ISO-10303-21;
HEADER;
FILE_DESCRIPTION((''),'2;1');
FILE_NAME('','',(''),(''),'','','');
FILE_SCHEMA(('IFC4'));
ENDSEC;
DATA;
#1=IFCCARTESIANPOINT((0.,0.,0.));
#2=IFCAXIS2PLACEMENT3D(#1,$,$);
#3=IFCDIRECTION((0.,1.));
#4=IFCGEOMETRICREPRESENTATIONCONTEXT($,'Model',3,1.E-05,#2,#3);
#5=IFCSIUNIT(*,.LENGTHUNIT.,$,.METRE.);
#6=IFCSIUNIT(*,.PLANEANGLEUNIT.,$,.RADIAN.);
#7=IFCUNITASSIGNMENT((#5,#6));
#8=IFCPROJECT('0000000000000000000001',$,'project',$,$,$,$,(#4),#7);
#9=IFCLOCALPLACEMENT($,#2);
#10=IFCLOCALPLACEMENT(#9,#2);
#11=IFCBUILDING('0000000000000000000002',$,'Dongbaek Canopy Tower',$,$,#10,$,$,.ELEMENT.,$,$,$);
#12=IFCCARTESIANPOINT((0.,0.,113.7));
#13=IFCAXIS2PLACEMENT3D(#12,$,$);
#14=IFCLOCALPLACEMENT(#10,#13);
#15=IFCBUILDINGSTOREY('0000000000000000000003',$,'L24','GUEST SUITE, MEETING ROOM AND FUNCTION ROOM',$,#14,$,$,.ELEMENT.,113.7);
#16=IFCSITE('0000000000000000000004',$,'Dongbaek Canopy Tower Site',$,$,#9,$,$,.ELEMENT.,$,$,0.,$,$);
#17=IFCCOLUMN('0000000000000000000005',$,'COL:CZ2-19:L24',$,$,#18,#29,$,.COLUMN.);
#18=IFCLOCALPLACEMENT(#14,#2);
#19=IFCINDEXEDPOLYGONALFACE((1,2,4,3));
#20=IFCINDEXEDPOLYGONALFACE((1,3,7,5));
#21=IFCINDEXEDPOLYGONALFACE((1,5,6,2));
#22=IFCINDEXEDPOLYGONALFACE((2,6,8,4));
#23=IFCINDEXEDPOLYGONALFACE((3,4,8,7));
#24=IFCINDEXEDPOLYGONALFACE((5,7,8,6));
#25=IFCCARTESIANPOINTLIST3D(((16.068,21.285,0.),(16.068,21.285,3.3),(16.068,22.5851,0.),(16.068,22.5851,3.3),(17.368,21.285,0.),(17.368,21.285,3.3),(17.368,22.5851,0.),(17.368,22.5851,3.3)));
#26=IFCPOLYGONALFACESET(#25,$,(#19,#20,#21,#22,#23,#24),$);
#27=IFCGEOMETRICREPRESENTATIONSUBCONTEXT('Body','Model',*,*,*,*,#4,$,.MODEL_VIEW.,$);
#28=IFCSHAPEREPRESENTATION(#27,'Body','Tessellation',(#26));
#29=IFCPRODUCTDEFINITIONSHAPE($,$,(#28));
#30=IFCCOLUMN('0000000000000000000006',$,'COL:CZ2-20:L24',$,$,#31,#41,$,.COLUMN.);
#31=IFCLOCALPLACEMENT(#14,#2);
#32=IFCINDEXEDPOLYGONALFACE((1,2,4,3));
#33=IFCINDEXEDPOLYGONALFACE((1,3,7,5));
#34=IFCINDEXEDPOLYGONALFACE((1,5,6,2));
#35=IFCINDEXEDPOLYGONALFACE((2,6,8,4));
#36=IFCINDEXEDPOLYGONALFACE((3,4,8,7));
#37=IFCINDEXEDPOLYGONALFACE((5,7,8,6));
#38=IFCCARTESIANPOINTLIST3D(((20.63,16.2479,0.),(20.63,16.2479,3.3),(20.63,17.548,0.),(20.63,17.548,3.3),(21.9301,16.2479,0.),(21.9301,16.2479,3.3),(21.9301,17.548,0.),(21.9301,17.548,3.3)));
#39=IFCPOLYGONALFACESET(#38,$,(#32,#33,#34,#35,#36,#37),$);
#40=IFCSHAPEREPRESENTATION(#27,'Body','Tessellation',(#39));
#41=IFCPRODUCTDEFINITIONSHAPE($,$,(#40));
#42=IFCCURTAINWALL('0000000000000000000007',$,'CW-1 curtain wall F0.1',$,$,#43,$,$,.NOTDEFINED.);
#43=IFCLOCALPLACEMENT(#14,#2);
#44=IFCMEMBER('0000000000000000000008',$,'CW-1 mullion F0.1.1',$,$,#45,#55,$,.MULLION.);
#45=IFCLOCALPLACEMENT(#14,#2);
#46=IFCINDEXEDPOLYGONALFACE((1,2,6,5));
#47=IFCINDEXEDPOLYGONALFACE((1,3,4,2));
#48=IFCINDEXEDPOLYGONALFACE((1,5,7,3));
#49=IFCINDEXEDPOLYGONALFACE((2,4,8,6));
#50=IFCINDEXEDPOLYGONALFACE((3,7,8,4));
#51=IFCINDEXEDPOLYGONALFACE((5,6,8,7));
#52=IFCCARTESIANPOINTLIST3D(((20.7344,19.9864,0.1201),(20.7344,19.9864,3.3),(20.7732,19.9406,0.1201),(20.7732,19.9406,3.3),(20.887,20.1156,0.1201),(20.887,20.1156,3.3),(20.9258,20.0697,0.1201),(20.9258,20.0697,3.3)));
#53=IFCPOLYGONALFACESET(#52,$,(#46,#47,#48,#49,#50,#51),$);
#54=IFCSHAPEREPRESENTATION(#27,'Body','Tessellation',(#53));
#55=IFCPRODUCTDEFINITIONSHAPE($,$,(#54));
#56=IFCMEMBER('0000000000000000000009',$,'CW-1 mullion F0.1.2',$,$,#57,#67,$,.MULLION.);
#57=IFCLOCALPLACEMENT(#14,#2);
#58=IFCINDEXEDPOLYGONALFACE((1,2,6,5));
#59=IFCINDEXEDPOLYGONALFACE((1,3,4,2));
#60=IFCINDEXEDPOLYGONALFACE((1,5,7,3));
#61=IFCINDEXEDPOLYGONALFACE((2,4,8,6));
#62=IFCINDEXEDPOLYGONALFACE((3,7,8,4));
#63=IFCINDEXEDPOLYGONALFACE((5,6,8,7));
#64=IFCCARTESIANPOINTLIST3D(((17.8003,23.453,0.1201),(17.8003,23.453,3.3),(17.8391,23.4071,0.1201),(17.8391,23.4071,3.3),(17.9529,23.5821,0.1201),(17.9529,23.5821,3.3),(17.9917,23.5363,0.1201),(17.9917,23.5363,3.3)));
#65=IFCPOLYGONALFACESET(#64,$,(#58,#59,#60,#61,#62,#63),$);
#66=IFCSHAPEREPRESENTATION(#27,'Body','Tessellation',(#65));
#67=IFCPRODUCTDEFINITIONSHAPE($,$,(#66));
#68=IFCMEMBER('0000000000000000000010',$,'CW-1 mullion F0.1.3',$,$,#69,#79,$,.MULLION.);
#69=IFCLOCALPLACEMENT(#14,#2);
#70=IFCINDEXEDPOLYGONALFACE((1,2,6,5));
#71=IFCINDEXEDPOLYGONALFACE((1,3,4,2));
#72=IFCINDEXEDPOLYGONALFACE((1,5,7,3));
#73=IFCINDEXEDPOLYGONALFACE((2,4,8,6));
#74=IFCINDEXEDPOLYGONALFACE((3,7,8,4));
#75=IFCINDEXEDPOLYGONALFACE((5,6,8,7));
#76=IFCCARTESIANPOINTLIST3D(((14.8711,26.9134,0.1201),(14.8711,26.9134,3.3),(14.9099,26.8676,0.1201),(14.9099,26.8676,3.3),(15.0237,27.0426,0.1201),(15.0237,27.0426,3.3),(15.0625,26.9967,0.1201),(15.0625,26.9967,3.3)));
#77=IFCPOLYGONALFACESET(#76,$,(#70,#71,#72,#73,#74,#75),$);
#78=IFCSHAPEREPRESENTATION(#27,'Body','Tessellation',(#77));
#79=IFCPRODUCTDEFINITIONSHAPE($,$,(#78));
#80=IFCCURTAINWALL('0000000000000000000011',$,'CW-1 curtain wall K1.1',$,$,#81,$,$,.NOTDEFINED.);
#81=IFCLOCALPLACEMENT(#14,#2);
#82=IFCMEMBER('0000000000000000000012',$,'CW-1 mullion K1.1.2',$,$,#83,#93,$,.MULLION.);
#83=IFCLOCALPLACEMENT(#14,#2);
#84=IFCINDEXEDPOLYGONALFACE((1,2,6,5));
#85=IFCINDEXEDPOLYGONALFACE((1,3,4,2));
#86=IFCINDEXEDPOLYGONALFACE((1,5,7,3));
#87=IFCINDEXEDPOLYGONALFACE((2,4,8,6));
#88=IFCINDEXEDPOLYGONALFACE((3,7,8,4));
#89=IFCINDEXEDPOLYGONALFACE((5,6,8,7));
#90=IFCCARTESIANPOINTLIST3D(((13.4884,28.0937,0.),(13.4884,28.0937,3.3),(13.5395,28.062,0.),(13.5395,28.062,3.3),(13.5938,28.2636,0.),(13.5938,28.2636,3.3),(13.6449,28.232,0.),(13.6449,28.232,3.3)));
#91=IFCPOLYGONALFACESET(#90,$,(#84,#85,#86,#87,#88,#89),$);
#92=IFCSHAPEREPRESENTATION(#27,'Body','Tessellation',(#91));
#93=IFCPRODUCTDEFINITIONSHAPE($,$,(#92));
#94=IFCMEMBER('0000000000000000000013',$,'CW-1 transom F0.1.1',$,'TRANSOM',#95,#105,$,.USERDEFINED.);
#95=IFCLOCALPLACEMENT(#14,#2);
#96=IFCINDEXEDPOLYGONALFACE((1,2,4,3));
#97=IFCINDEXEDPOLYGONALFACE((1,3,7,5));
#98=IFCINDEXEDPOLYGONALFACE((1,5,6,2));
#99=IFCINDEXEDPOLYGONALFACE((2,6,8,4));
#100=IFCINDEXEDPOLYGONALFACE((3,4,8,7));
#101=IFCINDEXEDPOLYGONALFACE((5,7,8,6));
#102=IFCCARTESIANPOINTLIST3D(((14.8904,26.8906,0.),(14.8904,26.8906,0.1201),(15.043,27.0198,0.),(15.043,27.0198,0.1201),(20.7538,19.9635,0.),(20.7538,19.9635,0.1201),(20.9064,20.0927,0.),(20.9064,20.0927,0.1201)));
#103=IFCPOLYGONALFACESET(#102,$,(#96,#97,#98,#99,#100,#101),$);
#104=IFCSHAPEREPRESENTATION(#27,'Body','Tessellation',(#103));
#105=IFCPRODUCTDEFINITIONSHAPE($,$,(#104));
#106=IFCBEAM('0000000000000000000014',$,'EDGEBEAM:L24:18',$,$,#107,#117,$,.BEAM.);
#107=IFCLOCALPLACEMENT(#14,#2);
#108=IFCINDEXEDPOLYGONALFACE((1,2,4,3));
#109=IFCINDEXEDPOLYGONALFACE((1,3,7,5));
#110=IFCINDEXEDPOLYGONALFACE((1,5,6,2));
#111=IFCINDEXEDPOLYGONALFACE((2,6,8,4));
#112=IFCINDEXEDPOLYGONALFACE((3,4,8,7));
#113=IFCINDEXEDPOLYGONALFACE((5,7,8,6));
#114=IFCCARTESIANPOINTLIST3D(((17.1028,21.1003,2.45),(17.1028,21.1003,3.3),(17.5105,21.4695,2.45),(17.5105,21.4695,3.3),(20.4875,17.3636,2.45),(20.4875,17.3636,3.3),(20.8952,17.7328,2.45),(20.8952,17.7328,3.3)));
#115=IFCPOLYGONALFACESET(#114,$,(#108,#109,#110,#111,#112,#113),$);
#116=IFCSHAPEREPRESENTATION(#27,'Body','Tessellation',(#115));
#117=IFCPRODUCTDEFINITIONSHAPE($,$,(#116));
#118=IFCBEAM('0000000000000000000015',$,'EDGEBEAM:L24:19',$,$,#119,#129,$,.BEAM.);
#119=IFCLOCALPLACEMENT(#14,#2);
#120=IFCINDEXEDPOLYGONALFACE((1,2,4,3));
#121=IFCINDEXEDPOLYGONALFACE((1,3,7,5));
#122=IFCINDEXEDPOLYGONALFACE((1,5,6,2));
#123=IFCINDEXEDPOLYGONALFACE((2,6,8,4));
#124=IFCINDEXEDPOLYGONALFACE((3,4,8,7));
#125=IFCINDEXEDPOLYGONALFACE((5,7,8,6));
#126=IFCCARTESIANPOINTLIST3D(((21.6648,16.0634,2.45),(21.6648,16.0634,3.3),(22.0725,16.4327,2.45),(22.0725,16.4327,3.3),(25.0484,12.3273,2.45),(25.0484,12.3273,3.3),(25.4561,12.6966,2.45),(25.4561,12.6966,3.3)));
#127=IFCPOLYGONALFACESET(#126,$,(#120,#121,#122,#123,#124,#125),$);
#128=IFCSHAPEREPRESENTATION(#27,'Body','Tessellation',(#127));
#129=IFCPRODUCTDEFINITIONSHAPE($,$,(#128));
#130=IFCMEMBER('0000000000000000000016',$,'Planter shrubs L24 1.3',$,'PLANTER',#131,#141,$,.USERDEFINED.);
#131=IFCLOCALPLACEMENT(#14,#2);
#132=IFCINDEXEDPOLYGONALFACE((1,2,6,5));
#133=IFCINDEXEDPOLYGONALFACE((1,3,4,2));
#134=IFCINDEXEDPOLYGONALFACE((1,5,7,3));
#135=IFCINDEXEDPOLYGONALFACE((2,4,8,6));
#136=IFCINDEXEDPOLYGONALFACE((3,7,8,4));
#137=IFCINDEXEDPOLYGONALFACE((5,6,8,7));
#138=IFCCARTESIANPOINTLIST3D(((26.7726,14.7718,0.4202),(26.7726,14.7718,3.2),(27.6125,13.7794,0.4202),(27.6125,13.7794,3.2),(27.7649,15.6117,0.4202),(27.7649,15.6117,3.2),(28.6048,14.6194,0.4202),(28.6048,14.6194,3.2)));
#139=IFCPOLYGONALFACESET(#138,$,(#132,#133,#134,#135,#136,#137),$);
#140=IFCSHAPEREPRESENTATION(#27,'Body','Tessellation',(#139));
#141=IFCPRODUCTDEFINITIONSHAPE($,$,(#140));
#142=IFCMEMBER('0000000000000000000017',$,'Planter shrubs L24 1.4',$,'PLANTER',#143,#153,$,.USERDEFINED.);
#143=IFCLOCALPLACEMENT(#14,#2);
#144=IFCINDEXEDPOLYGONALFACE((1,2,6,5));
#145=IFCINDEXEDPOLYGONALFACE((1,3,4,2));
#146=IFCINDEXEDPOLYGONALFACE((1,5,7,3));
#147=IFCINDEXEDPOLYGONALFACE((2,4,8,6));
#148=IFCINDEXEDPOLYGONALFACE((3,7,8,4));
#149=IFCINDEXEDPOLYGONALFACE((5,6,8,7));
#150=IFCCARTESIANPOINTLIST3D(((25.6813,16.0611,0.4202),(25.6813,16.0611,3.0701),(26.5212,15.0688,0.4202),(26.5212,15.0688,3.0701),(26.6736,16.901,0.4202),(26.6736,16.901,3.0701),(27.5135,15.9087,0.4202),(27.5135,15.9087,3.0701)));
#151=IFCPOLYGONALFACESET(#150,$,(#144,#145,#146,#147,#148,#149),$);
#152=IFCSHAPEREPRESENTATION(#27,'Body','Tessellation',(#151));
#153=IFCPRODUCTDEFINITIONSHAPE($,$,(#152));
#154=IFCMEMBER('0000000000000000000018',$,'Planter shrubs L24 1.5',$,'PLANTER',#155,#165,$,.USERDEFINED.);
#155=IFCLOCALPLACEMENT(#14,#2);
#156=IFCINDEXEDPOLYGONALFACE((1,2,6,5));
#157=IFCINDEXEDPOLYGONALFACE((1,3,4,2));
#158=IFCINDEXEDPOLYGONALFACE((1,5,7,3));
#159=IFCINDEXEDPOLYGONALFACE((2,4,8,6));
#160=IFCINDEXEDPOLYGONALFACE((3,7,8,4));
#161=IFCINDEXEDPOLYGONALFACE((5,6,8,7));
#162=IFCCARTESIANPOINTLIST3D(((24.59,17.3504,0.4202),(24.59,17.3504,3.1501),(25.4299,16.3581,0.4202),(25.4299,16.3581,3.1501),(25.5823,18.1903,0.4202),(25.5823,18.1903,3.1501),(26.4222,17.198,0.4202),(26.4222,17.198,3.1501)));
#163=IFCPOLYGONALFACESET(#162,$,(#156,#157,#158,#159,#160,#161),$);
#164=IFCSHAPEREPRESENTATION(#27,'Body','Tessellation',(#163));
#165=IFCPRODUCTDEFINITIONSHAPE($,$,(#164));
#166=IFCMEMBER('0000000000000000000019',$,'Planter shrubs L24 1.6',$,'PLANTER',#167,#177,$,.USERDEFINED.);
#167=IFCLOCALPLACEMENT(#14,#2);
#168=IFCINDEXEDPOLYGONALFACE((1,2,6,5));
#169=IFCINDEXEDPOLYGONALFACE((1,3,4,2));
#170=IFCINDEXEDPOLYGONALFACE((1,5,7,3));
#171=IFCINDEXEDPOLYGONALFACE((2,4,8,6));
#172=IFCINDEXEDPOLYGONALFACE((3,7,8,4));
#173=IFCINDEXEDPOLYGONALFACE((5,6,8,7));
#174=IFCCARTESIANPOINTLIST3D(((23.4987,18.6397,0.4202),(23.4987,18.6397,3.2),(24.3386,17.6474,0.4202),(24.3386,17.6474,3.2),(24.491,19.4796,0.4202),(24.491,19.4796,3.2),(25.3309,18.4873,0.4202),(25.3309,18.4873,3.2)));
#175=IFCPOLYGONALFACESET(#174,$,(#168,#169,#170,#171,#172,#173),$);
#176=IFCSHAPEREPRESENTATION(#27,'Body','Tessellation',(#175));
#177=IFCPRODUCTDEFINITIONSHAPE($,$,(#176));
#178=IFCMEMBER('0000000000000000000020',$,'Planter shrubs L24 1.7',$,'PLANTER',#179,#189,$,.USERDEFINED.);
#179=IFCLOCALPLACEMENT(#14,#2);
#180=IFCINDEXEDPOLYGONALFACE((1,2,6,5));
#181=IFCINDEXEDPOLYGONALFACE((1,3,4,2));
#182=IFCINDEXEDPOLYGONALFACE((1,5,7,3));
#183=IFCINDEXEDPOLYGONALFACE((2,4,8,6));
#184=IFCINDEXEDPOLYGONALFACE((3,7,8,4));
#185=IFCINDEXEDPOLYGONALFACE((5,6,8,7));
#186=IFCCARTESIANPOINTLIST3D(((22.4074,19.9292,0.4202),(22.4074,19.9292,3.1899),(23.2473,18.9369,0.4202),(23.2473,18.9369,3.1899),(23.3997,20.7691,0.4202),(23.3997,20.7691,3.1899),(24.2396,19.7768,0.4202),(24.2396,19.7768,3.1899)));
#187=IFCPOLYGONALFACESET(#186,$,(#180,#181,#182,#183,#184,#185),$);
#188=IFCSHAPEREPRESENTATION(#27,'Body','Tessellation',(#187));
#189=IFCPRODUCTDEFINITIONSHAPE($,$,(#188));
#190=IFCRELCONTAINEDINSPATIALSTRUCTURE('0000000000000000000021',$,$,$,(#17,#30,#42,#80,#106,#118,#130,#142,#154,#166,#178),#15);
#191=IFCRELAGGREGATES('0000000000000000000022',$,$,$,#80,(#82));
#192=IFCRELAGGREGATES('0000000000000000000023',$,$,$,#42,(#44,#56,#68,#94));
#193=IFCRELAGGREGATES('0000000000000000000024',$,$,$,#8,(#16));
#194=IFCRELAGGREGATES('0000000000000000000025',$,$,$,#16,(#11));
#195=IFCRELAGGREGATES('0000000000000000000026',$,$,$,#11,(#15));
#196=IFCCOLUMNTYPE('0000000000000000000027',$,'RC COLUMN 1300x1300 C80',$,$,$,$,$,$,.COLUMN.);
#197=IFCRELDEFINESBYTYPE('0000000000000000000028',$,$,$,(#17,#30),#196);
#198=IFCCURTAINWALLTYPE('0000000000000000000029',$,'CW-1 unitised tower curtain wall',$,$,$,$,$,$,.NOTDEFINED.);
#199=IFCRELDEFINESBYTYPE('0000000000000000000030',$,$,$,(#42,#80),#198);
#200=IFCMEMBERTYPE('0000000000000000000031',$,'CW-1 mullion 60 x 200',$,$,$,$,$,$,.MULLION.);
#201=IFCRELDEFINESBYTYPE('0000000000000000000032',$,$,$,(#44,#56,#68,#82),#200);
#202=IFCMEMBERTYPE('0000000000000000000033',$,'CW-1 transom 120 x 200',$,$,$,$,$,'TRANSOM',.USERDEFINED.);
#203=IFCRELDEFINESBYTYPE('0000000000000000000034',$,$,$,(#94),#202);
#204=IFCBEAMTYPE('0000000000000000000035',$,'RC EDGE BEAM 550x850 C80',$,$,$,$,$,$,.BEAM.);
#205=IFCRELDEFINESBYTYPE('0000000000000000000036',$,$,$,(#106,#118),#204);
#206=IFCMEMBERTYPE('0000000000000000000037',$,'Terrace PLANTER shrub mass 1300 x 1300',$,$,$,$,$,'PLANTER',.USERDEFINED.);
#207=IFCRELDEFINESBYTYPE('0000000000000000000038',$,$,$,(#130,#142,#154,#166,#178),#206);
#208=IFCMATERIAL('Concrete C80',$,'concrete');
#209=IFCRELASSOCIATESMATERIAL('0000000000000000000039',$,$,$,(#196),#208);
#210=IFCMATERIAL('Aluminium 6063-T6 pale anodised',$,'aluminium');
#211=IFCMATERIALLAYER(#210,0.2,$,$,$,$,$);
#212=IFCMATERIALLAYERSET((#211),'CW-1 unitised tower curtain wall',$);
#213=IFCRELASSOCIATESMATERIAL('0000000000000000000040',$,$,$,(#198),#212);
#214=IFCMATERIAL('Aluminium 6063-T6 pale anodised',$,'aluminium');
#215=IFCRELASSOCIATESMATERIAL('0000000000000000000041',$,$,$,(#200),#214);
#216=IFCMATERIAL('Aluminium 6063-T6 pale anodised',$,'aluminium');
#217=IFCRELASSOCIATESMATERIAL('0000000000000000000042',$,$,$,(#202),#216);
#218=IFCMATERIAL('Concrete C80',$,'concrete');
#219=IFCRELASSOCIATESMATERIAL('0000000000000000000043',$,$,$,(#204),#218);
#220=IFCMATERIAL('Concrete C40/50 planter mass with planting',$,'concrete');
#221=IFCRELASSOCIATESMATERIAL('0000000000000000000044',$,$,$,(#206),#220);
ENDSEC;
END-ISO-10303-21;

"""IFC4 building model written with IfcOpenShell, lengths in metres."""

from ifc_helpers import new_model, si_unit, direction, frame, origin, origin_2d, place, context, subcontext, project, spatial, rectangle, extrude, material, layer, layer_set, material_profile, profile_set, type_object, element, aggregate, save


model = new_model("IFC4")

# Units and contexts
model_context = context("Model", 3, precision=1e-05, world=origin(), true_north=direction((0.0, 1.0)))
body_context = subcontext(model_context, "Body", "Model", "MODEL_VIEW")
ifc_project = project(units=[si_unit("LENGTHUNIT", "METRE"), si_unit("PLANEANGLEUNIT", "RADIAN")], contexts=[model_context])

# Site, building, storey
site_placement = place(None, origin())
site = spatial("IfcSite", under=ifc_project, at=site_placement, Name="Dongbaek Canopy Tower Site", CompositionType="ELEMENT", RefElevation=0.0)
building_placement = place(site_placement, origin())
building = spatial("IfcBuilding", under=site, at=building_placement, Name="Dongbaek Canopy Tower", CompositionType="ELEMENT")
storey_placement = place(building_placement, frame((0.0, 0.0, 113.7)))
storey = spatial("IfcBuildingStorey", under=building, at=storey_placement, Name="L24", Description="GUEST SUITE, MEETING ROOM AND FUNCTION ROOM", CompositionType="ELEMENT", Elevation=113.7)

# Columns
ifc_material_1 = material(Name="Concrete C80", Category="concrete")
ifc_material_profile_1 = material_profile(ifc_material_1, rectangle(XDim=1.3, YDim=1.3, at=origin_2d()), Name="RC COLUMN 1300x1300 C80")
ifc_profile_set_1 = profile_set([ifc_material_profile_1], Name="Concrete C80")
column_type = type_object("IfcColumnType", Name="RC COLUMN 1300x1300 C80", PredefinedType="COLUMN", material=ifc_profile_set_1)
for number, where, z_axis, x_axis, name in (
    (1, (16.718, 21.9351, 0.0), (0.0, 0.0, 1.0), (1.0, 0.0, 0.0), "COL:CZ2-19:L24"),
    (2, (21.28, 16.8979, 0.0), (0.0, 0.0, 1.0), (1.0, 0.0, 0.0), "COL:CZ2-20:L24"),
):
    element("IfcColumn", number, at=place(storey_placement, frame(where, z_axis=z_axis, x_axis=x_axis)), inside=storey, type_object=column_type, Name=name, PredefinedType="COLUMN", context=body_context, shape_type="SweptSolid", body=[
        extrude(rectangle(XDim=1.3, YDim=1.3, at=origin_2d()), origin(), (0.0, 0.0, 1.0), 3.3),
    ])

# Curtain wall, members
ifc_material_2 = material(Name="Aluminium 6063-T6 pale anodised", Category="aluminium")
ifc_layer_1 = layer(ifc_material_2, 0.2)
ifc_layer_set_1 = layer_set([ifc_layer_1], Name="CW-1 unitised tower curtain wall")
curtain_wall_type = type_object("IfcCurtainWallType", Name="CW-1 unitised tower curtain wall", PredefinedType="NOTDEFINED", material=ifc_layer_set_1)
curtain_wall_1_placement = place(storey_placement, origin())
curtain_wall_1 = element("IfcCurtainWall", 3, at=curtain_wall_1_placement, inside=storey, type_object=curtain_wall_type, Name="CW-1 curtain wall F0.1", PredefinedType="NOTDEFINED")
ifc_material_3 = material(Name="Aluminium 6063-T6 pale anodised", Category="aluminium")
ifc_material_profile_2 = material_profile(ifc_material_3, rectangle(XDim=0.2, YDim=0.0601, at=origin_2d()), Name="CW-1 mullion 60 x 200")
ifc_profile_set_2 = profile_set([ifc_material_profile_2], Name="Aluminium 6063-T6 pale anodised")
member_type_1 = type_object("IfcMemberType", Name="CW-1 mullion 60 x 200", PredefinedType="MULLION", material=ifc_profile_set_2)
member_1_placement = place(storey_placement, frame((20.8301, 20.0281, 0.1201), z_axis=(0.0, 0.0, 1.0), x_axis=(0.76329, 0.646056, 0.0)))
member_1 = element("IfcMember", 4, at=member_1_placement, type_object=member_type_1, Name="CW-1 mullion F0.1.1", PredefinedType="MULLION", context=body_context, shape_type="SweptSolid", body=[
    extrude(rectangle(XDim=0.2, YDim=0.0601, at=origin_2d()), origin(), (0.0, 0.0, 1.0), 3.1799),
])
member_2_placement = place(storey_placement, frame((17.896, 23.4946, 0.1201), z_axis=(0.0, 0.0, 1.0), x_axis=(0.76329, 0.646056, 0.0)))
member_2 = element("IfcMember", 5, at=member_2_placement, type_object=member_type_1, Name="CW-1 mullion F0.1.2", PredefinedType="MULLION", context=body_context, shape_type="SweptSolid", body=[
    extrude(rectangle(XDim=0.2, YDim=0.0601, at=origin_2d()), origin(), (0.0, 0.0, 1.0), 3.1799),
])
member_3_placement = place(storey_placement, frame((14.9668, 26.9551, 0.1201), z_axis=(0.0, 0.0, 1.0), x_axis=(0.76329, 0.646056, 0.0)))
member_3 = element("IfcMember", 6, at=member_3_placement, type_object=member_type_1, Name="CW-1 mullion F0.1.3", PredefinedType="MULLION", context=body_context, shape_type="SweptSolid", body=[
    extrude(rectangle(XDim=0.2, YDim=0.0601, at=origin_2d()), origin(), (0.0, 0.0, 1.0), 3.1799),
])

# Curtain wall, member
curtain_wall_2_placement = place(storey_placement, origin())
curtain_wall_2 = element("IfcCurtainWall", 7, at=curtain_wall_2_placement, inside=storey, type_object=curtain_wall_type, Name="CW-1 curtain wall K1.1", PredefinedType="NOTDEFINED")
member_4_placement = place(storey_placement, frame((13.5667, 28.1628, 0.0), z_axis=(0.0, 0.0, 1.0), x_axis=(0.526936, 0.849905, 0.0)))
member_4 = element("IfcMember", 8, at=member_4_placement, type_object=member_type_1, Name="CW-1 mullion K1.1.2", PredefinedType="MULLION", context=body_context, shape_type="SweptSolid", body=[
    extrude(rectangle(XDim=0.2, YDim=0.0601, at=origin_2d()), origin(), (0.0, 0.0, 1.0), 3.3),
])

# Member
ifc_material_4 = material(Name="Aluminium 6063-T6 pale anodised", Category="aluminium")
ifc_material_profile_3 = material_profile(ifc_material_4, rectangle(XDim=0.2, YDim=0.1201, at=origin_2d()), Name="CW-1 transom 120 x 200")
ifc_profile_set_3 = profile_set([ifc_material_profile_3], Name="Aluminium 6063-T6 pale anodised")
member_type_2 = type_object("IfcMemberType", Name="CW-1 transom 120 x 200", ElementType="TRANSOM", PredefinedType="USERDEFINED", material=ifc_profile_set_3)
member_5_placement = place(storey_placement, frame((20.8301, 20.0281, 0.0601), z_axis=(-0.646069, 0.763279, 0.0), x_axis=(-0.763279, -0.646069, 0.0)))
member_5 = element("IfcMember", 9, at=member_5_placement, type_object=member_type_2, Name="CW-1 transom F0.1.1", ObjectType="TRANSOM", PredefinedType="USERDEFINED", context=body_context, shape_type="SweptSolid", body=[
    extrude(rectangle(XDim=0.2, YDim=0.1201, at=origin_2d()), origin(), (0.0, 0.0, 1.0), 9.0754),
])

# Beams
ifc_material_5 = material(Name="Concrete C80", Category="concrete")
ifc_material_profile_4 = material_profile(ifc_material_5, rectangle(XDim=0.55, YDim=0.8501, at=origin_2d()), Name="RC EDGE BEAM 550x850 C80")
ifc_profile_set_4 = profile_set([ifc_material_profile_4], Name="Concrete C80")
beam_type = type_object("IfcBeamType", Name="RC EDGE BEAM 550x850 C80", PredefinedType="BEAM", material=ifc_profile_set_4)
beam_1_placement = place(storey_placement, frame((17.3066, 21.2849, 2.875), z_axis=(0.671332, -0.741157, 0.0), x_axis=(0.741157, 0.671332, 0.0)))
element("IfcBeam", 10, at=beam_1_placement, inside=storey, type_object=beam_type, Name="EDGEBEAM:L24:18", PredefinedType="BEAM", context=body_context, shape_type="SweptSolid", body=[
    extrude(rectangle(XDim=0.55, YDim=0.8501, at=origin_2d()), origin(), (0.0, 0.0, 1.0), 5.0417),
])
beam_2_placement = place(storey_placement, frame((21.8687, 16.248, 2.875), z_axis=(0.671271, -0.741212, 0.0), x_axis=(0.741212, 0.671271, 0.0)))
element("IfcBeam", 11, at=beam_2_placement, inside=storey, type_object=beam_type, Name="EDGEBEAM:L24:19", PredefinedType="BEAM", context=body_context, shape_type="SweptSolid", body=[
    extrude(rectangle(XDim=0.55, YDim=0.8501, at=origin_2d()), origin(), (0.0, 0.0, 1.0), 5.0405),
])

# Members
ifc_material_6 = material(Name="Concrete C40/50 planter mass with planting", Category="concrete")
ifc_material_profile_5 = material_profile(ifc_material_6, rectangle(XDim=1.3, YDim=1.3, at=origin_2d()), Name="Terrace PLANTER shrub mass 1300 x 1300")
ifc_profile_set_5 = profile_set([ifc_material_profile_5], Name="Concrete C40/50 planter mass with planting")
member_type_3 = type_object("IfcMemberType", Name="Terrace PLANTER shrub mass 1300 x 1300", ElementType="PLANTER", PredefinedType="USERDEFINED", material=ifc_profile_set_5)
member_6_placement = place(storey_placement, frame((27.6887, 14.6956, 0.4202), z_axis=(0.0, 0.0, 1.0), x_axis=(0.76329, 0.646056, 0.0)))
element("IfcMember", 12, at=member_6_placement, inside=storey, type_object=member_type_3, Name="Planter shrubs L24 1.3", ObjectType="PLANTER", PredefinedType="USERDEFINED", context=body_context, shape_type="SweptSolid", body=[
    extrude(rectangle(XDim=1.3, YDim=1.3, at=origin_2d()), origin(), (0.0, 0.0, 1.0), 2.7798),
])
member_7_placement = place(storey_placement, frame((26.5974, 15.9849, 0.4202), z_axis=(0.0, 0.0, 1.0), x_axis=(0.76329, 0.646056, 0.0)))
element("IfcMember", 13, at=member_7_placement, inside=storey, type_object=member_type_3, Name="Planter shrubs L24 1.4", ObjectType="PLANTER", PredefinedType="USERDEFINED", context=body_context, shape_type="SweptSolid", body=[
    extrude(rectangle(XDim=1.3, YDim=1.3, at=origin_2d()), origin(), (0.0, 0.0, 1.0), 2.6499),
])
member_8_placement = place(storey_placement, frame((25.5061, 17.2742, 0.4202), z_axis=(0.0, 0.0, 1.0), x_axis=(0.76329, 0.646056, 0.0)))
element("IfcMember", 14, at=member_8_placement, inside=storey, type_object=member_type_3, Name="Planter shrubs L24 1.5", ObjectType="PLANTER", PredefinedType="USERDEFINED", context=body_context, shape_type="SweptSolid", body=[
    extrude(rectangle(XDim=1.3, YDim=1.3, at=origin_2d()), origin(), (0.0, 0.0, 1.0), 2.73),
])
member_9_placement = place(storey_placement, frame((24.4148, 18.5635, 0.4202), z_axis=(0.0, 0.0, 1.0), x_axis=(0.76329, 0.646056, 0.0)))
element("IfcMember", 15, at=member_9_placement, inside=storey, type_object=member_type_3, Name="Planter shrubs L24 1.6", ObjectType="PLANTER", PredefinedType="USERDEFINED", context=body_context, shape_type="SweptSolid", body=[
    extrude(rectangle(XDim=1.3, YDim=1.3, at=origin_2d()), origin(), (0.0, 0.0, 1.0), 2.7798),
])
member_10_placement = place(storey_placement, frame((23.3235, 19.853, 0.4202), z_axis=(0.0, 0.0, 1.0), x_axis=(0.76329, 0.646056, 0.0)))
element("IfcMember", 16, at=member_10_placement, inside=storey, type_object=member_type_3, Name="Planter shrubs L24 1.7", ObjectType="PLANTER", PredefinedType="USERDEFINED", context=body_context, shape_type="SweptSolid", body=[
    extrude(rectangle(XDim=1.3, YDim=1.3, at=origin_2d()), origin(), (0.0, 0.0, 1.0), 2.7698),
])

aggregate(curtain_wall_2, [member_4])

aggregate(curtain_wall_1, [member_1, member_2, member_3, member_5])

save(model, "model.ifc")
